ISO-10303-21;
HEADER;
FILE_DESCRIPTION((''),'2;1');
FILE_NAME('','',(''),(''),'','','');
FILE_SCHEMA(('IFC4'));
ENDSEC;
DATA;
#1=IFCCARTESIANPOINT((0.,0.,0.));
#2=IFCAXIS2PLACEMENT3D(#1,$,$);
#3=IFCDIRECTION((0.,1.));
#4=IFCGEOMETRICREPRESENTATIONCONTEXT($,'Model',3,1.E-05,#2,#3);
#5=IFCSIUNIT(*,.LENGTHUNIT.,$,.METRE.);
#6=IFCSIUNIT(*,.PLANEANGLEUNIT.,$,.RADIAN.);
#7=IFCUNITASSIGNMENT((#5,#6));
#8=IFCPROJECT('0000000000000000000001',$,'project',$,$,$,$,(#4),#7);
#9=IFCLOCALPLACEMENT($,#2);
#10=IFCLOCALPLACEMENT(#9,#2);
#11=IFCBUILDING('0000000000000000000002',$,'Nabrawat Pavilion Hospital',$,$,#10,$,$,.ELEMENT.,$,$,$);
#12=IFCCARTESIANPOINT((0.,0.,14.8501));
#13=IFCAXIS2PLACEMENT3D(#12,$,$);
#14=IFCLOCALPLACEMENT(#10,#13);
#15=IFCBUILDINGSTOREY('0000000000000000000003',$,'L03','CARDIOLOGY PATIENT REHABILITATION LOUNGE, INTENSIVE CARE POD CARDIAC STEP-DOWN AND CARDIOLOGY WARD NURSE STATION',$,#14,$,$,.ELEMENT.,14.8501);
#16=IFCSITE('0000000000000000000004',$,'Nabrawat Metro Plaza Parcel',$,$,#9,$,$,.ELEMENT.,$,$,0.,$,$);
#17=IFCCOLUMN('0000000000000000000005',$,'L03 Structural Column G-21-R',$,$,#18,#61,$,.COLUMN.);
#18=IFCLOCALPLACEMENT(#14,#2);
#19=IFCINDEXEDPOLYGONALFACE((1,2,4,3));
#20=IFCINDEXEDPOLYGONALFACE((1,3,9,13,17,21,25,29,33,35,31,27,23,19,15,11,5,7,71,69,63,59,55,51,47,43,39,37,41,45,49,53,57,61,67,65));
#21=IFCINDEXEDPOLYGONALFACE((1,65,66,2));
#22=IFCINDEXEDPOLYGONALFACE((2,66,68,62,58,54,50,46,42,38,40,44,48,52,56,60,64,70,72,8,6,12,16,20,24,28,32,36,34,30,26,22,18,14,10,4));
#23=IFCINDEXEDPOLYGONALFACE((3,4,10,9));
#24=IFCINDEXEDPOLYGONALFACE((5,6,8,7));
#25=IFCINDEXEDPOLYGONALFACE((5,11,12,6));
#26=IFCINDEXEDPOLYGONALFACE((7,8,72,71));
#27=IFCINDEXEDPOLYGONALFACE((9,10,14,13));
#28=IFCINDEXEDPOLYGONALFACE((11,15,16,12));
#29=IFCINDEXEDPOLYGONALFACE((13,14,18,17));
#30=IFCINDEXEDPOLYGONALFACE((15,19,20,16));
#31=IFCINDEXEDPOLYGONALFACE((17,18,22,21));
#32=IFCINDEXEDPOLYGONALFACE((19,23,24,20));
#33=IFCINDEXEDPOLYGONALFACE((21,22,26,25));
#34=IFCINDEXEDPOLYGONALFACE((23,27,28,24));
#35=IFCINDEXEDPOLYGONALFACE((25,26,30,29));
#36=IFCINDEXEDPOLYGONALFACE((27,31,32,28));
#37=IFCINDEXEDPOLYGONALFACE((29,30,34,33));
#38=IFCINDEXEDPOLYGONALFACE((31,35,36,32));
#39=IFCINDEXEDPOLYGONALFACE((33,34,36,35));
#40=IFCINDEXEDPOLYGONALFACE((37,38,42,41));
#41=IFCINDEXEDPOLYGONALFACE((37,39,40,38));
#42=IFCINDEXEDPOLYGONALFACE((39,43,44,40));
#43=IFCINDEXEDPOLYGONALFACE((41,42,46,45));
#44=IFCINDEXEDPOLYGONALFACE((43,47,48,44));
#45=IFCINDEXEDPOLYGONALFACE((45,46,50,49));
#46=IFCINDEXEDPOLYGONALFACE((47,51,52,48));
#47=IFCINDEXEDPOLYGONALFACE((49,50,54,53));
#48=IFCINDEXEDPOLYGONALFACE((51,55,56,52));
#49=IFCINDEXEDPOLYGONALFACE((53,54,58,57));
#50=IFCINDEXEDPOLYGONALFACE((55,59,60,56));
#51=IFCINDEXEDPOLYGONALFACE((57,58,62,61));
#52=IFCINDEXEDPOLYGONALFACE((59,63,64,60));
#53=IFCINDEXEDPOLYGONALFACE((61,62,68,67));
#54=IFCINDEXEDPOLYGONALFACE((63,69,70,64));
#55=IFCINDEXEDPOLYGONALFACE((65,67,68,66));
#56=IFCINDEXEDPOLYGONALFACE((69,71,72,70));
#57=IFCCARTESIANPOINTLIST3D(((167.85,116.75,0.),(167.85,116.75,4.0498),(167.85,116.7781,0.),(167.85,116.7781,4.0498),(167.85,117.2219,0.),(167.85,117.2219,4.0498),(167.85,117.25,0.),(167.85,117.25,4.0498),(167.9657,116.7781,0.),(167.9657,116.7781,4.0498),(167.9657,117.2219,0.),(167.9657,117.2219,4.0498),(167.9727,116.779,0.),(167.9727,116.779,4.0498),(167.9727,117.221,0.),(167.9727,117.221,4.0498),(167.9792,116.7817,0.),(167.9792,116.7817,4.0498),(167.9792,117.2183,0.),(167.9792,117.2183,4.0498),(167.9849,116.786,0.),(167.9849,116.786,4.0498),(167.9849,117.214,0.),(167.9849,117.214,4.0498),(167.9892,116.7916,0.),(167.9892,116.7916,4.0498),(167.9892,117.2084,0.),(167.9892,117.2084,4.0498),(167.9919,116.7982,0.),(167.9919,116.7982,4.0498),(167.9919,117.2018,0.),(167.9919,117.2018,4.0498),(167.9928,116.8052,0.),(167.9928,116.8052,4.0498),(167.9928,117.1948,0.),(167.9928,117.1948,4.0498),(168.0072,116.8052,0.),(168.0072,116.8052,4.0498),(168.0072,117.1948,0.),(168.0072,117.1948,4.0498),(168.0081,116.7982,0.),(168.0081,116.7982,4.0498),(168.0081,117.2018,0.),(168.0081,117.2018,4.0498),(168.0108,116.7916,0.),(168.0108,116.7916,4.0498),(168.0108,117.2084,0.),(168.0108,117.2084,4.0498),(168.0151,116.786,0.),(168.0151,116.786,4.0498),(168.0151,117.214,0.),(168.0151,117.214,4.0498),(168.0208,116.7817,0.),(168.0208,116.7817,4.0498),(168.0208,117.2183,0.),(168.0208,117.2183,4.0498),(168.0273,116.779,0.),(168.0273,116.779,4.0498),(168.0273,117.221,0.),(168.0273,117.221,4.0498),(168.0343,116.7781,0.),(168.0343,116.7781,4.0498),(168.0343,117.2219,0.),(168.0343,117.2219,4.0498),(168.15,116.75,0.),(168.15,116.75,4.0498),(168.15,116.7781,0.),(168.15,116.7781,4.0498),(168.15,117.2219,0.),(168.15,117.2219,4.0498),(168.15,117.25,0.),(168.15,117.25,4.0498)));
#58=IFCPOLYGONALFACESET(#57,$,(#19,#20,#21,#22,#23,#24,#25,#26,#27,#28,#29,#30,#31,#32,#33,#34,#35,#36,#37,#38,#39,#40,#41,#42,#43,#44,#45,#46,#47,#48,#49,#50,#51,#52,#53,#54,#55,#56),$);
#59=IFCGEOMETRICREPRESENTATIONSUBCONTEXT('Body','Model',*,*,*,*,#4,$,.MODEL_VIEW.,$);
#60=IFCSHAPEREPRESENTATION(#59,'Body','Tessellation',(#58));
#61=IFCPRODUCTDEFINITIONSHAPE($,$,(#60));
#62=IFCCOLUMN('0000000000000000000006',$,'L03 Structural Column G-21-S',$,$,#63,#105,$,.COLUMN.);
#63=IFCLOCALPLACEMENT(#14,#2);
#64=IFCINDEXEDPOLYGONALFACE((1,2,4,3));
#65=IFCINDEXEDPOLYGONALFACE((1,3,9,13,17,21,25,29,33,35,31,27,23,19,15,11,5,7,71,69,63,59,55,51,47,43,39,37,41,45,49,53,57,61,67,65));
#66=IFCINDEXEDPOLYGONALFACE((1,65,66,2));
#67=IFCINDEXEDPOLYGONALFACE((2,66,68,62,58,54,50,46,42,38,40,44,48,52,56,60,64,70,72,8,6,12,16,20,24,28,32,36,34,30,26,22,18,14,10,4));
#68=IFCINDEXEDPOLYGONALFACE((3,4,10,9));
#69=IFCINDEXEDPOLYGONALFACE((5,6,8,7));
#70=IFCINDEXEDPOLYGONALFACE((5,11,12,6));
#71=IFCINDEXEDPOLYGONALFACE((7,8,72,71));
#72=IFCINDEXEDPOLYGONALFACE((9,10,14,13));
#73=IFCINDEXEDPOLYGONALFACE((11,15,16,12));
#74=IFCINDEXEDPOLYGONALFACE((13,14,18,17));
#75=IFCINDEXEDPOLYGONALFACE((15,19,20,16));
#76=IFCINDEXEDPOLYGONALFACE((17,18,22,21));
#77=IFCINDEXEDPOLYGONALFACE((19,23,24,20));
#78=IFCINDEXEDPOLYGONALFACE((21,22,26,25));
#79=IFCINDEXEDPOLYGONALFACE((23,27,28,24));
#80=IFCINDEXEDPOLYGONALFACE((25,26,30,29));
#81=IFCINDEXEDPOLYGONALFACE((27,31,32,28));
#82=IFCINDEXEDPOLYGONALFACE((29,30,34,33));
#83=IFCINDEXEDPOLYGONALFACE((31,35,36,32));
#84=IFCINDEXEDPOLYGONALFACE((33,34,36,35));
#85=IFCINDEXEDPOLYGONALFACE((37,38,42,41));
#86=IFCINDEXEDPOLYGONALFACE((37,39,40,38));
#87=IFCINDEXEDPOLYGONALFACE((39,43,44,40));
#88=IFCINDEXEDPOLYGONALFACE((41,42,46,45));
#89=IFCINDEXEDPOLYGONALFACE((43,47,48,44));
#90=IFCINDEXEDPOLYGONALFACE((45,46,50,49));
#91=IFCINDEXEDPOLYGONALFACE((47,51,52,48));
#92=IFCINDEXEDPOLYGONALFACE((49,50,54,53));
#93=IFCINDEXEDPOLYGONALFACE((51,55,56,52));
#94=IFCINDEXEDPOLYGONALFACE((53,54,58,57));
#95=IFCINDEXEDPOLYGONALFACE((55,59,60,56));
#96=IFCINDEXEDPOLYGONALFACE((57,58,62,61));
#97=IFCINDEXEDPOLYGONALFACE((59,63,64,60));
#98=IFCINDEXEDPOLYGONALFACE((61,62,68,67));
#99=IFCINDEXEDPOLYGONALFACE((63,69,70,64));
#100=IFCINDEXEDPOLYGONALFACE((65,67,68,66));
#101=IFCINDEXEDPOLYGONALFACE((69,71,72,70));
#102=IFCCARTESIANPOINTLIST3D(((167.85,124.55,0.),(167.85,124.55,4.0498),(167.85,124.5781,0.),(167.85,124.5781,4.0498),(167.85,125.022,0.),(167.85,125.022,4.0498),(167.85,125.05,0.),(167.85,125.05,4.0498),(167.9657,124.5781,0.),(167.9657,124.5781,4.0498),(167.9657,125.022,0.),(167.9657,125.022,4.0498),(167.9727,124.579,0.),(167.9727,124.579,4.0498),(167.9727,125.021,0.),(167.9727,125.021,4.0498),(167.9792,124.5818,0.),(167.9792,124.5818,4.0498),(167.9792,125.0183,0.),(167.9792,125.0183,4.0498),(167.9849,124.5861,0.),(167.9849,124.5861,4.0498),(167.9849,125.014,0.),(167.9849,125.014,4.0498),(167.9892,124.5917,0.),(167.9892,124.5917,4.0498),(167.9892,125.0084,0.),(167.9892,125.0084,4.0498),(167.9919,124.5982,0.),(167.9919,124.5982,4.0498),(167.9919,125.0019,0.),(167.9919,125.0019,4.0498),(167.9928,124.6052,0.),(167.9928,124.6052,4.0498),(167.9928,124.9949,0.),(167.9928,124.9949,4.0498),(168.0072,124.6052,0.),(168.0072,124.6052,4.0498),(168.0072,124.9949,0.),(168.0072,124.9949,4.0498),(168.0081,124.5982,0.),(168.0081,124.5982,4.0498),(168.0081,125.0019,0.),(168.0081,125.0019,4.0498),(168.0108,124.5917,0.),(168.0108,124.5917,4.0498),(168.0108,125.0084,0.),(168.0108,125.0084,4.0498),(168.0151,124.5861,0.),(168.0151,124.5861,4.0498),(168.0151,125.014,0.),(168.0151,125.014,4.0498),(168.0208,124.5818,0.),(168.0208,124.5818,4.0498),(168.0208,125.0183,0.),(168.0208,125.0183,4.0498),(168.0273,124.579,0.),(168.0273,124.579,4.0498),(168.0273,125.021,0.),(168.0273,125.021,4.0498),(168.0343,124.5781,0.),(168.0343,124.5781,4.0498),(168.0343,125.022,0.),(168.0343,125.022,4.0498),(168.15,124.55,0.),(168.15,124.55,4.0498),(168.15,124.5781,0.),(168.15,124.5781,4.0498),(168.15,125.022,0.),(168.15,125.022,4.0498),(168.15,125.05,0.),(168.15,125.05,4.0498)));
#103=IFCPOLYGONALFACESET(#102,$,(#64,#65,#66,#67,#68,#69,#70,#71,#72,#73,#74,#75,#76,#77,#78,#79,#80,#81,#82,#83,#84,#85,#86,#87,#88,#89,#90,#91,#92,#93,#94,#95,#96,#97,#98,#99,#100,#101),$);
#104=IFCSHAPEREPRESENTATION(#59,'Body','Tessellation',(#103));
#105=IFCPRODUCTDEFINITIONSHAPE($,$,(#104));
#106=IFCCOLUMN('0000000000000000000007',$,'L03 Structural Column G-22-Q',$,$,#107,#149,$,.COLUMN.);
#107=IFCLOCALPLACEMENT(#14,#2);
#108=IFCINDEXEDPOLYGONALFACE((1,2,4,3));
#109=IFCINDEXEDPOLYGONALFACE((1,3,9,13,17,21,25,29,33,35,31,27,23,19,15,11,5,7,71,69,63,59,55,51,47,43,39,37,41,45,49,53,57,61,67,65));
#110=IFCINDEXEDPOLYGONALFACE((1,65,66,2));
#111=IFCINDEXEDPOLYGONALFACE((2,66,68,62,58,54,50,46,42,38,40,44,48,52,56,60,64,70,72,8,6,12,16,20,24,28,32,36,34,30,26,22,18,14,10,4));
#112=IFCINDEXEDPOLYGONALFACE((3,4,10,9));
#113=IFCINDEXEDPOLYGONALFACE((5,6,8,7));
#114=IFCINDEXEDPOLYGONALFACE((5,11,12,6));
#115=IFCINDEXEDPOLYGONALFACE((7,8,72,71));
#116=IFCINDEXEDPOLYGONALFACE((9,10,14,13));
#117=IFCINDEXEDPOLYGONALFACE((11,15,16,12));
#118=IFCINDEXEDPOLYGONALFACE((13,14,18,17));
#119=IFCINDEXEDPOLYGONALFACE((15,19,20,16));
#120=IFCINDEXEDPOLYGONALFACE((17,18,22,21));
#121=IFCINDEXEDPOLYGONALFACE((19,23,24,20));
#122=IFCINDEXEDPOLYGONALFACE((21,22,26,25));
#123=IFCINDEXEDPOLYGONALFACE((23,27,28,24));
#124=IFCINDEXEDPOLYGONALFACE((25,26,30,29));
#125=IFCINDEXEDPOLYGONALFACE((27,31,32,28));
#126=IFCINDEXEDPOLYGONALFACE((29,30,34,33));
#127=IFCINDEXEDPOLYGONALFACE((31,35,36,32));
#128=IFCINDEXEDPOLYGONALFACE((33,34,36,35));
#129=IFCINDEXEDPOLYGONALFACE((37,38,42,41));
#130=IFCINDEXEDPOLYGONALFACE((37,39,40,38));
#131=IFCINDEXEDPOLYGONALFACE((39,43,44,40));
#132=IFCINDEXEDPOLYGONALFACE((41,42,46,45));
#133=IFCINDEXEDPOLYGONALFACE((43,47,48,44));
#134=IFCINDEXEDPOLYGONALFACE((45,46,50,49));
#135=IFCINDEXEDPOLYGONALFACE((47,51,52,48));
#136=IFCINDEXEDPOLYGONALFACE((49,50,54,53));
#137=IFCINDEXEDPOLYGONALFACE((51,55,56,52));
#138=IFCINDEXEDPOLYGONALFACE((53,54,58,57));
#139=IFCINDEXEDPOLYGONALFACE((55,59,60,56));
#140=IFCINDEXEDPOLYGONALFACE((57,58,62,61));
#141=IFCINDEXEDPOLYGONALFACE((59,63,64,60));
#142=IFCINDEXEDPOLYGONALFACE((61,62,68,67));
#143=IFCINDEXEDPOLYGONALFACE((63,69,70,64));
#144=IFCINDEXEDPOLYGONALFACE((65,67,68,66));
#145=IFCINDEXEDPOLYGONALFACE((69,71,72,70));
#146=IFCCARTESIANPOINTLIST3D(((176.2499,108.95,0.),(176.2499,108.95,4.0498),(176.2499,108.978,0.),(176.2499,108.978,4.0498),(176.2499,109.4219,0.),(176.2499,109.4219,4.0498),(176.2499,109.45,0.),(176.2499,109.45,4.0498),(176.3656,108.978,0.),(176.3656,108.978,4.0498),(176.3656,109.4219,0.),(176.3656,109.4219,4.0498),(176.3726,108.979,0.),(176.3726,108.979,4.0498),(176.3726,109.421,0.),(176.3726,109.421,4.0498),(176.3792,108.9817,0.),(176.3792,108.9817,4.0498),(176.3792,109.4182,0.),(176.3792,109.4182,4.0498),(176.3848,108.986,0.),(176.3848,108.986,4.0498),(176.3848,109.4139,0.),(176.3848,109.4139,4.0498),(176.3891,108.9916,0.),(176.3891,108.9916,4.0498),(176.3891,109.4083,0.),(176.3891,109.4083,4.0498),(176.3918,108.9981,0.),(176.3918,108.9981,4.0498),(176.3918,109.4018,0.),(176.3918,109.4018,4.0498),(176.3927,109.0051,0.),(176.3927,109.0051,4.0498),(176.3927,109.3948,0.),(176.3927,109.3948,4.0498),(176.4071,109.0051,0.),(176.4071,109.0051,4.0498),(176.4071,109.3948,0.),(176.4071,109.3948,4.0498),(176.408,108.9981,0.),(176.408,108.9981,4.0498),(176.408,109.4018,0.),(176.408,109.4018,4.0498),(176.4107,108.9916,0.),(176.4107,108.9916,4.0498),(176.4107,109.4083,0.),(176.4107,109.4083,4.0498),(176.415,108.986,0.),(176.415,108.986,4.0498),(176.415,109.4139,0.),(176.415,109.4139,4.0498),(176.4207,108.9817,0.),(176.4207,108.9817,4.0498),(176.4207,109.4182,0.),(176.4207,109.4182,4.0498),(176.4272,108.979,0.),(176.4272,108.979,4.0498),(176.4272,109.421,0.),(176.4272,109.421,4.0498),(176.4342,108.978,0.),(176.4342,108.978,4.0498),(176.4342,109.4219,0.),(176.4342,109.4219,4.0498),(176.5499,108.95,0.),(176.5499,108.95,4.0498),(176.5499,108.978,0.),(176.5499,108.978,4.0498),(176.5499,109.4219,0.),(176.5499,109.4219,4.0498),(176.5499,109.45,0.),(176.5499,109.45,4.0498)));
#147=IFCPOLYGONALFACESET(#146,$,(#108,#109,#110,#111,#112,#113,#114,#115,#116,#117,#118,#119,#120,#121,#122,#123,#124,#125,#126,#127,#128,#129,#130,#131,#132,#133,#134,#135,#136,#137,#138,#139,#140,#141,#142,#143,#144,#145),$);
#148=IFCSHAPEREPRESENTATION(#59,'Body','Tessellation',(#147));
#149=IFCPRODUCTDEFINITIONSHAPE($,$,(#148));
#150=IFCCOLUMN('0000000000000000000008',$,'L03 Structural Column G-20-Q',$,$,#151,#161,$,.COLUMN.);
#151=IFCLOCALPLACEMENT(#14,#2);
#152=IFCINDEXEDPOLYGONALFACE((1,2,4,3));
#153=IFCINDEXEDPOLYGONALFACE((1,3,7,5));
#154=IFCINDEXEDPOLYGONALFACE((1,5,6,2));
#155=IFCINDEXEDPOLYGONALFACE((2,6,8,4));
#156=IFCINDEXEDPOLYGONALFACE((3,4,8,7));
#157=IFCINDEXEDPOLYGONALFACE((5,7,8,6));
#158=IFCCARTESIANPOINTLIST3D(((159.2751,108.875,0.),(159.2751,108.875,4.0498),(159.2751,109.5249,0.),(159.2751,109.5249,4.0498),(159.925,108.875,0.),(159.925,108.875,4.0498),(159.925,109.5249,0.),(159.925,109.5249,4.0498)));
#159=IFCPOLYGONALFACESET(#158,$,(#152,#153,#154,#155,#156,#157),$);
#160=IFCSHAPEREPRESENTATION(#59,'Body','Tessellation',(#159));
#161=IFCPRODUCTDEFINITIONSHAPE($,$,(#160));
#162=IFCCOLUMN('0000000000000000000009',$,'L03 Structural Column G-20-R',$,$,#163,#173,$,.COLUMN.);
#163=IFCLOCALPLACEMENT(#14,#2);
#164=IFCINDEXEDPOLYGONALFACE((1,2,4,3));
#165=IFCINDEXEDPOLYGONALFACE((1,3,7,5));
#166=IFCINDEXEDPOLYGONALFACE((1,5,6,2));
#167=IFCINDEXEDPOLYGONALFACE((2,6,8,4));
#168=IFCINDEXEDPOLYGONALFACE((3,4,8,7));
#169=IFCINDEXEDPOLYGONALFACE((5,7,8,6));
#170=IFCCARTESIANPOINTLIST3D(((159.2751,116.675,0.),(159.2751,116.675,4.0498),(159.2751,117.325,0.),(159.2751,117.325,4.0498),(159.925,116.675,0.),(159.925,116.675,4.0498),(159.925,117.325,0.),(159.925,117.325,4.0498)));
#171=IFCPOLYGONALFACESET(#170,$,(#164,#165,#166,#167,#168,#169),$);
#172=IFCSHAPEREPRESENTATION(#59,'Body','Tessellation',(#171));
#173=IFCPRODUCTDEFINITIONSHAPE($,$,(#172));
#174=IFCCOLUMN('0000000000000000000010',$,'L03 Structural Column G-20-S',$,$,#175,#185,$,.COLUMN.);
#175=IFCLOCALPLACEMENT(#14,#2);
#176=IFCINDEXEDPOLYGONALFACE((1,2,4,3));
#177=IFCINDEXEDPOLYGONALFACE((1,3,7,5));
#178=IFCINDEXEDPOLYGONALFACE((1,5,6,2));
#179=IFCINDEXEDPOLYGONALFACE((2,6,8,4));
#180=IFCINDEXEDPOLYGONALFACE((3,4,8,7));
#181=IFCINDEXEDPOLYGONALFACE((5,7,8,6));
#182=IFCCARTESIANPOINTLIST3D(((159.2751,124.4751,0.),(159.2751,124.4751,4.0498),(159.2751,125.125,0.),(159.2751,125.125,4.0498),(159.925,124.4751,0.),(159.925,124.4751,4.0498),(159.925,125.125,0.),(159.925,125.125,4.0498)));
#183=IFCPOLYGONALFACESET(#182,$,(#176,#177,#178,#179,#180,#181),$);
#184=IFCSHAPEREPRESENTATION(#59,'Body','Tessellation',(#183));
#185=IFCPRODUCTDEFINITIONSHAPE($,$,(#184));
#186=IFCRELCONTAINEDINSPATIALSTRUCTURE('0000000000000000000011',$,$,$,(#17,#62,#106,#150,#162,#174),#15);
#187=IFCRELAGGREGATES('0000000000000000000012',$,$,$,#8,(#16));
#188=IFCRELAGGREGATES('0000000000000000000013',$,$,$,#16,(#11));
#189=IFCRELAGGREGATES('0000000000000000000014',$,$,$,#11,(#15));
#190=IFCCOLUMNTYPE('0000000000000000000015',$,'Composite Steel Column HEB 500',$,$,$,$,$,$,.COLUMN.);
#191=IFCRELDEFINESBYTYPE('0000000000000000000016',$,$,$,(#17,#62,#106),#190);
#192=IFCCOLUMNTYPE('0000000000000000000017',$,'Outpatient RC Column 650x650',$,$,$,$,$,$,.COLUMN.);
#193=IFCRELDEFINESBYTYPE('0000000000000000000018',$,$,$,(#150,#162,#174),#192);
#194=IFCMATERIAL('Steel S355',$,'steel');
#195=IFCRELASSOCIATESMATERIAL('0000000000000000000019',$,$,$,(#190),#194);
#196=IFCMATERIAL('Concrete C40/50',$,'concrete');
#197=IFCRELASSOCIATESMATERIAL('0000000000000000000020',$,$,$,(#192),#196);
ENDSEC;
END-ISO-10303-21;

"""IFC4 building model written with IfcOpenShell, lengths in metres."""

from ifc_helpers import new_model, si_unit, direction, frame, origin, origin_2d, place, context, subcontext, project, spatial, rectangle, i_section, extrude, material, material_profile, profile_set, type_object, element, save


model = new_model("IFC4")

# Units and contexts
model_context = context("Model", 3, precision=1e-05, world=origin(), true_north=direction((0.0, 1.0)))
body_context = subcontext(model_context, "Body", "Model", "MODEL_VIEW")
ifc_project = project(units=[si_unit("LENGTHUNIT", "METRE"), si_unit("PLANEANGLEUNIT", "RADIAN")], contexts=[model_context])

# Site, building, storey
site_placement = place(None, origin())
site = spatial("IfcSite", under=ifc_project, at=site_placement, Name="Nabrawat Metro Plaza Parcel", CompositionType="ELEMENT", RefElevation=0.0)
building_placement = place(site_placement, origin())
building = spatial("IfcBuilding", under=site, at=building_placement, Name="Nabrawat Pavilion Hospital", CompositionType="ELEMENT")
storey_placement = place(building_placement, frame((0.0, 0.0, 14.8501)))
storey = spatial("IfcBuildingStorey", under=building, at=storey_placement, Name="L03", Description="CARDIOLOGY PATIENT REHABILITATION LOUNGE, INTENSIVE CARE POD CARDIAC STEP-DOWN AND CARDIOLOGY WARD NURSE STATION", CompositionType="ELEMENT", Elevation=14.8501)

# Columns
ifc_material_1 = material(Name="Steel S355", Category="steel")
ifc_material_profile_1 = material_profile(ifc_material_1, i_section(OverallWidth=0.3, OverallDepth=0.5, WebThickness=0.0144, FlangeThickness=0.0281, FilletRadius=0.0271, at=origin_2d()), Name="HEB 500")
ifc_profile_set_1 = profile_set([ifc_material_profile_1], Name="Steel S355")
column_type_1 = type_object("IfcColumnType", Name="Composite Steel Column HEB 500", PredefinedType="COLUMN", material=ifc_profile_set_1)
for number, where, z_axis, x_axis, name in (
    (1, (168.0, 117.0, 0.0), (0.0, 0.0, 1.0), (1.0, 0.0, 0.0), "L03 Structural Column G-21-R"),
    (2, (168.0, 124.8, 0.0), (0.0, 0.0, 1.0), (1.0, 0.0, 0.0), "L03 Structural Column G-21-S"),
    (3, (176.3999, 109.2, 0.0), (0.0, 0.0, 1.0), (1.0, 0.0, 0.0), "L03 Structural Column G-22-Q"),
):
    element("IfcColumn", number, at=place(storey_placement, frame(where, z_axis=z_axis, x_axis=x_axis)), inside=storey, type_object=column_type_1, Name=name, PredefinedType="COLUMN", context=body_context, shape_type="SweptSolid", body=[
        extrude(i_section(OverallWidth=0.3, OverallDepth=0.5, WebThickness=0.0144, FlangeThickness=0.0281, FilletRadius=0.0271, at=origin_2d()), origin(), (0.0, 0.0, 1.0), 4.0498),
    ])
ifc_material_2 = material(Name="Concrete C40/50", Category="concrete")
ifc_material_profile_2 = material_profile(ifc_material_2, rectangle(XDim=0.6499, YDim=0.6499, at=origin_2d()), Name="RC 650x650")
ifc_profile_set_2 = profile_set([ifc_material_profile_2], Name="Concrete C40/50")
column_type_2 = type_object("IfcColumnType", Name="Outpatient RC Column 650x650", PredefinedType="COLUMN", material=ifc_profile_set_2)
for number, where, z_axis, x_axis, name in (
    (4, (159.6001, 109.2, 0.0), (0.0, 0.0, 1.0), (1.0, 0.0, 0.0), "L03 Structural Column G-20-Q"),
    (5, (159.6001, 117.0, 0.0), (0.0, 0.0, 1.0), (1.0, 0.0, 0.0), "L03 Structural Column G-20-R"),
    (6, (159.6001, 124.8, 0.0), (0.0, 0.0, 1.0), (1.0, 0.0, 0.0), "L03 Structural Column G-20-S"),
):
    element("IfcColumn", number, at=place(storey_placement, frame(where, z_axis=z_axis, x_axis=x_axis)), inside=storey, type_object=column_type_2, Name=name, PredefinedType="COLUMN", context=body_context, shape_type="SweptSolid", body=[
        extrude(rectangle(XDim=0.6499, YDim=0.6499, at=origin_2d()), origin(), (0.0, 0.0, 1.0), 4.0498),
    ])

save(model, "model.ifc")
